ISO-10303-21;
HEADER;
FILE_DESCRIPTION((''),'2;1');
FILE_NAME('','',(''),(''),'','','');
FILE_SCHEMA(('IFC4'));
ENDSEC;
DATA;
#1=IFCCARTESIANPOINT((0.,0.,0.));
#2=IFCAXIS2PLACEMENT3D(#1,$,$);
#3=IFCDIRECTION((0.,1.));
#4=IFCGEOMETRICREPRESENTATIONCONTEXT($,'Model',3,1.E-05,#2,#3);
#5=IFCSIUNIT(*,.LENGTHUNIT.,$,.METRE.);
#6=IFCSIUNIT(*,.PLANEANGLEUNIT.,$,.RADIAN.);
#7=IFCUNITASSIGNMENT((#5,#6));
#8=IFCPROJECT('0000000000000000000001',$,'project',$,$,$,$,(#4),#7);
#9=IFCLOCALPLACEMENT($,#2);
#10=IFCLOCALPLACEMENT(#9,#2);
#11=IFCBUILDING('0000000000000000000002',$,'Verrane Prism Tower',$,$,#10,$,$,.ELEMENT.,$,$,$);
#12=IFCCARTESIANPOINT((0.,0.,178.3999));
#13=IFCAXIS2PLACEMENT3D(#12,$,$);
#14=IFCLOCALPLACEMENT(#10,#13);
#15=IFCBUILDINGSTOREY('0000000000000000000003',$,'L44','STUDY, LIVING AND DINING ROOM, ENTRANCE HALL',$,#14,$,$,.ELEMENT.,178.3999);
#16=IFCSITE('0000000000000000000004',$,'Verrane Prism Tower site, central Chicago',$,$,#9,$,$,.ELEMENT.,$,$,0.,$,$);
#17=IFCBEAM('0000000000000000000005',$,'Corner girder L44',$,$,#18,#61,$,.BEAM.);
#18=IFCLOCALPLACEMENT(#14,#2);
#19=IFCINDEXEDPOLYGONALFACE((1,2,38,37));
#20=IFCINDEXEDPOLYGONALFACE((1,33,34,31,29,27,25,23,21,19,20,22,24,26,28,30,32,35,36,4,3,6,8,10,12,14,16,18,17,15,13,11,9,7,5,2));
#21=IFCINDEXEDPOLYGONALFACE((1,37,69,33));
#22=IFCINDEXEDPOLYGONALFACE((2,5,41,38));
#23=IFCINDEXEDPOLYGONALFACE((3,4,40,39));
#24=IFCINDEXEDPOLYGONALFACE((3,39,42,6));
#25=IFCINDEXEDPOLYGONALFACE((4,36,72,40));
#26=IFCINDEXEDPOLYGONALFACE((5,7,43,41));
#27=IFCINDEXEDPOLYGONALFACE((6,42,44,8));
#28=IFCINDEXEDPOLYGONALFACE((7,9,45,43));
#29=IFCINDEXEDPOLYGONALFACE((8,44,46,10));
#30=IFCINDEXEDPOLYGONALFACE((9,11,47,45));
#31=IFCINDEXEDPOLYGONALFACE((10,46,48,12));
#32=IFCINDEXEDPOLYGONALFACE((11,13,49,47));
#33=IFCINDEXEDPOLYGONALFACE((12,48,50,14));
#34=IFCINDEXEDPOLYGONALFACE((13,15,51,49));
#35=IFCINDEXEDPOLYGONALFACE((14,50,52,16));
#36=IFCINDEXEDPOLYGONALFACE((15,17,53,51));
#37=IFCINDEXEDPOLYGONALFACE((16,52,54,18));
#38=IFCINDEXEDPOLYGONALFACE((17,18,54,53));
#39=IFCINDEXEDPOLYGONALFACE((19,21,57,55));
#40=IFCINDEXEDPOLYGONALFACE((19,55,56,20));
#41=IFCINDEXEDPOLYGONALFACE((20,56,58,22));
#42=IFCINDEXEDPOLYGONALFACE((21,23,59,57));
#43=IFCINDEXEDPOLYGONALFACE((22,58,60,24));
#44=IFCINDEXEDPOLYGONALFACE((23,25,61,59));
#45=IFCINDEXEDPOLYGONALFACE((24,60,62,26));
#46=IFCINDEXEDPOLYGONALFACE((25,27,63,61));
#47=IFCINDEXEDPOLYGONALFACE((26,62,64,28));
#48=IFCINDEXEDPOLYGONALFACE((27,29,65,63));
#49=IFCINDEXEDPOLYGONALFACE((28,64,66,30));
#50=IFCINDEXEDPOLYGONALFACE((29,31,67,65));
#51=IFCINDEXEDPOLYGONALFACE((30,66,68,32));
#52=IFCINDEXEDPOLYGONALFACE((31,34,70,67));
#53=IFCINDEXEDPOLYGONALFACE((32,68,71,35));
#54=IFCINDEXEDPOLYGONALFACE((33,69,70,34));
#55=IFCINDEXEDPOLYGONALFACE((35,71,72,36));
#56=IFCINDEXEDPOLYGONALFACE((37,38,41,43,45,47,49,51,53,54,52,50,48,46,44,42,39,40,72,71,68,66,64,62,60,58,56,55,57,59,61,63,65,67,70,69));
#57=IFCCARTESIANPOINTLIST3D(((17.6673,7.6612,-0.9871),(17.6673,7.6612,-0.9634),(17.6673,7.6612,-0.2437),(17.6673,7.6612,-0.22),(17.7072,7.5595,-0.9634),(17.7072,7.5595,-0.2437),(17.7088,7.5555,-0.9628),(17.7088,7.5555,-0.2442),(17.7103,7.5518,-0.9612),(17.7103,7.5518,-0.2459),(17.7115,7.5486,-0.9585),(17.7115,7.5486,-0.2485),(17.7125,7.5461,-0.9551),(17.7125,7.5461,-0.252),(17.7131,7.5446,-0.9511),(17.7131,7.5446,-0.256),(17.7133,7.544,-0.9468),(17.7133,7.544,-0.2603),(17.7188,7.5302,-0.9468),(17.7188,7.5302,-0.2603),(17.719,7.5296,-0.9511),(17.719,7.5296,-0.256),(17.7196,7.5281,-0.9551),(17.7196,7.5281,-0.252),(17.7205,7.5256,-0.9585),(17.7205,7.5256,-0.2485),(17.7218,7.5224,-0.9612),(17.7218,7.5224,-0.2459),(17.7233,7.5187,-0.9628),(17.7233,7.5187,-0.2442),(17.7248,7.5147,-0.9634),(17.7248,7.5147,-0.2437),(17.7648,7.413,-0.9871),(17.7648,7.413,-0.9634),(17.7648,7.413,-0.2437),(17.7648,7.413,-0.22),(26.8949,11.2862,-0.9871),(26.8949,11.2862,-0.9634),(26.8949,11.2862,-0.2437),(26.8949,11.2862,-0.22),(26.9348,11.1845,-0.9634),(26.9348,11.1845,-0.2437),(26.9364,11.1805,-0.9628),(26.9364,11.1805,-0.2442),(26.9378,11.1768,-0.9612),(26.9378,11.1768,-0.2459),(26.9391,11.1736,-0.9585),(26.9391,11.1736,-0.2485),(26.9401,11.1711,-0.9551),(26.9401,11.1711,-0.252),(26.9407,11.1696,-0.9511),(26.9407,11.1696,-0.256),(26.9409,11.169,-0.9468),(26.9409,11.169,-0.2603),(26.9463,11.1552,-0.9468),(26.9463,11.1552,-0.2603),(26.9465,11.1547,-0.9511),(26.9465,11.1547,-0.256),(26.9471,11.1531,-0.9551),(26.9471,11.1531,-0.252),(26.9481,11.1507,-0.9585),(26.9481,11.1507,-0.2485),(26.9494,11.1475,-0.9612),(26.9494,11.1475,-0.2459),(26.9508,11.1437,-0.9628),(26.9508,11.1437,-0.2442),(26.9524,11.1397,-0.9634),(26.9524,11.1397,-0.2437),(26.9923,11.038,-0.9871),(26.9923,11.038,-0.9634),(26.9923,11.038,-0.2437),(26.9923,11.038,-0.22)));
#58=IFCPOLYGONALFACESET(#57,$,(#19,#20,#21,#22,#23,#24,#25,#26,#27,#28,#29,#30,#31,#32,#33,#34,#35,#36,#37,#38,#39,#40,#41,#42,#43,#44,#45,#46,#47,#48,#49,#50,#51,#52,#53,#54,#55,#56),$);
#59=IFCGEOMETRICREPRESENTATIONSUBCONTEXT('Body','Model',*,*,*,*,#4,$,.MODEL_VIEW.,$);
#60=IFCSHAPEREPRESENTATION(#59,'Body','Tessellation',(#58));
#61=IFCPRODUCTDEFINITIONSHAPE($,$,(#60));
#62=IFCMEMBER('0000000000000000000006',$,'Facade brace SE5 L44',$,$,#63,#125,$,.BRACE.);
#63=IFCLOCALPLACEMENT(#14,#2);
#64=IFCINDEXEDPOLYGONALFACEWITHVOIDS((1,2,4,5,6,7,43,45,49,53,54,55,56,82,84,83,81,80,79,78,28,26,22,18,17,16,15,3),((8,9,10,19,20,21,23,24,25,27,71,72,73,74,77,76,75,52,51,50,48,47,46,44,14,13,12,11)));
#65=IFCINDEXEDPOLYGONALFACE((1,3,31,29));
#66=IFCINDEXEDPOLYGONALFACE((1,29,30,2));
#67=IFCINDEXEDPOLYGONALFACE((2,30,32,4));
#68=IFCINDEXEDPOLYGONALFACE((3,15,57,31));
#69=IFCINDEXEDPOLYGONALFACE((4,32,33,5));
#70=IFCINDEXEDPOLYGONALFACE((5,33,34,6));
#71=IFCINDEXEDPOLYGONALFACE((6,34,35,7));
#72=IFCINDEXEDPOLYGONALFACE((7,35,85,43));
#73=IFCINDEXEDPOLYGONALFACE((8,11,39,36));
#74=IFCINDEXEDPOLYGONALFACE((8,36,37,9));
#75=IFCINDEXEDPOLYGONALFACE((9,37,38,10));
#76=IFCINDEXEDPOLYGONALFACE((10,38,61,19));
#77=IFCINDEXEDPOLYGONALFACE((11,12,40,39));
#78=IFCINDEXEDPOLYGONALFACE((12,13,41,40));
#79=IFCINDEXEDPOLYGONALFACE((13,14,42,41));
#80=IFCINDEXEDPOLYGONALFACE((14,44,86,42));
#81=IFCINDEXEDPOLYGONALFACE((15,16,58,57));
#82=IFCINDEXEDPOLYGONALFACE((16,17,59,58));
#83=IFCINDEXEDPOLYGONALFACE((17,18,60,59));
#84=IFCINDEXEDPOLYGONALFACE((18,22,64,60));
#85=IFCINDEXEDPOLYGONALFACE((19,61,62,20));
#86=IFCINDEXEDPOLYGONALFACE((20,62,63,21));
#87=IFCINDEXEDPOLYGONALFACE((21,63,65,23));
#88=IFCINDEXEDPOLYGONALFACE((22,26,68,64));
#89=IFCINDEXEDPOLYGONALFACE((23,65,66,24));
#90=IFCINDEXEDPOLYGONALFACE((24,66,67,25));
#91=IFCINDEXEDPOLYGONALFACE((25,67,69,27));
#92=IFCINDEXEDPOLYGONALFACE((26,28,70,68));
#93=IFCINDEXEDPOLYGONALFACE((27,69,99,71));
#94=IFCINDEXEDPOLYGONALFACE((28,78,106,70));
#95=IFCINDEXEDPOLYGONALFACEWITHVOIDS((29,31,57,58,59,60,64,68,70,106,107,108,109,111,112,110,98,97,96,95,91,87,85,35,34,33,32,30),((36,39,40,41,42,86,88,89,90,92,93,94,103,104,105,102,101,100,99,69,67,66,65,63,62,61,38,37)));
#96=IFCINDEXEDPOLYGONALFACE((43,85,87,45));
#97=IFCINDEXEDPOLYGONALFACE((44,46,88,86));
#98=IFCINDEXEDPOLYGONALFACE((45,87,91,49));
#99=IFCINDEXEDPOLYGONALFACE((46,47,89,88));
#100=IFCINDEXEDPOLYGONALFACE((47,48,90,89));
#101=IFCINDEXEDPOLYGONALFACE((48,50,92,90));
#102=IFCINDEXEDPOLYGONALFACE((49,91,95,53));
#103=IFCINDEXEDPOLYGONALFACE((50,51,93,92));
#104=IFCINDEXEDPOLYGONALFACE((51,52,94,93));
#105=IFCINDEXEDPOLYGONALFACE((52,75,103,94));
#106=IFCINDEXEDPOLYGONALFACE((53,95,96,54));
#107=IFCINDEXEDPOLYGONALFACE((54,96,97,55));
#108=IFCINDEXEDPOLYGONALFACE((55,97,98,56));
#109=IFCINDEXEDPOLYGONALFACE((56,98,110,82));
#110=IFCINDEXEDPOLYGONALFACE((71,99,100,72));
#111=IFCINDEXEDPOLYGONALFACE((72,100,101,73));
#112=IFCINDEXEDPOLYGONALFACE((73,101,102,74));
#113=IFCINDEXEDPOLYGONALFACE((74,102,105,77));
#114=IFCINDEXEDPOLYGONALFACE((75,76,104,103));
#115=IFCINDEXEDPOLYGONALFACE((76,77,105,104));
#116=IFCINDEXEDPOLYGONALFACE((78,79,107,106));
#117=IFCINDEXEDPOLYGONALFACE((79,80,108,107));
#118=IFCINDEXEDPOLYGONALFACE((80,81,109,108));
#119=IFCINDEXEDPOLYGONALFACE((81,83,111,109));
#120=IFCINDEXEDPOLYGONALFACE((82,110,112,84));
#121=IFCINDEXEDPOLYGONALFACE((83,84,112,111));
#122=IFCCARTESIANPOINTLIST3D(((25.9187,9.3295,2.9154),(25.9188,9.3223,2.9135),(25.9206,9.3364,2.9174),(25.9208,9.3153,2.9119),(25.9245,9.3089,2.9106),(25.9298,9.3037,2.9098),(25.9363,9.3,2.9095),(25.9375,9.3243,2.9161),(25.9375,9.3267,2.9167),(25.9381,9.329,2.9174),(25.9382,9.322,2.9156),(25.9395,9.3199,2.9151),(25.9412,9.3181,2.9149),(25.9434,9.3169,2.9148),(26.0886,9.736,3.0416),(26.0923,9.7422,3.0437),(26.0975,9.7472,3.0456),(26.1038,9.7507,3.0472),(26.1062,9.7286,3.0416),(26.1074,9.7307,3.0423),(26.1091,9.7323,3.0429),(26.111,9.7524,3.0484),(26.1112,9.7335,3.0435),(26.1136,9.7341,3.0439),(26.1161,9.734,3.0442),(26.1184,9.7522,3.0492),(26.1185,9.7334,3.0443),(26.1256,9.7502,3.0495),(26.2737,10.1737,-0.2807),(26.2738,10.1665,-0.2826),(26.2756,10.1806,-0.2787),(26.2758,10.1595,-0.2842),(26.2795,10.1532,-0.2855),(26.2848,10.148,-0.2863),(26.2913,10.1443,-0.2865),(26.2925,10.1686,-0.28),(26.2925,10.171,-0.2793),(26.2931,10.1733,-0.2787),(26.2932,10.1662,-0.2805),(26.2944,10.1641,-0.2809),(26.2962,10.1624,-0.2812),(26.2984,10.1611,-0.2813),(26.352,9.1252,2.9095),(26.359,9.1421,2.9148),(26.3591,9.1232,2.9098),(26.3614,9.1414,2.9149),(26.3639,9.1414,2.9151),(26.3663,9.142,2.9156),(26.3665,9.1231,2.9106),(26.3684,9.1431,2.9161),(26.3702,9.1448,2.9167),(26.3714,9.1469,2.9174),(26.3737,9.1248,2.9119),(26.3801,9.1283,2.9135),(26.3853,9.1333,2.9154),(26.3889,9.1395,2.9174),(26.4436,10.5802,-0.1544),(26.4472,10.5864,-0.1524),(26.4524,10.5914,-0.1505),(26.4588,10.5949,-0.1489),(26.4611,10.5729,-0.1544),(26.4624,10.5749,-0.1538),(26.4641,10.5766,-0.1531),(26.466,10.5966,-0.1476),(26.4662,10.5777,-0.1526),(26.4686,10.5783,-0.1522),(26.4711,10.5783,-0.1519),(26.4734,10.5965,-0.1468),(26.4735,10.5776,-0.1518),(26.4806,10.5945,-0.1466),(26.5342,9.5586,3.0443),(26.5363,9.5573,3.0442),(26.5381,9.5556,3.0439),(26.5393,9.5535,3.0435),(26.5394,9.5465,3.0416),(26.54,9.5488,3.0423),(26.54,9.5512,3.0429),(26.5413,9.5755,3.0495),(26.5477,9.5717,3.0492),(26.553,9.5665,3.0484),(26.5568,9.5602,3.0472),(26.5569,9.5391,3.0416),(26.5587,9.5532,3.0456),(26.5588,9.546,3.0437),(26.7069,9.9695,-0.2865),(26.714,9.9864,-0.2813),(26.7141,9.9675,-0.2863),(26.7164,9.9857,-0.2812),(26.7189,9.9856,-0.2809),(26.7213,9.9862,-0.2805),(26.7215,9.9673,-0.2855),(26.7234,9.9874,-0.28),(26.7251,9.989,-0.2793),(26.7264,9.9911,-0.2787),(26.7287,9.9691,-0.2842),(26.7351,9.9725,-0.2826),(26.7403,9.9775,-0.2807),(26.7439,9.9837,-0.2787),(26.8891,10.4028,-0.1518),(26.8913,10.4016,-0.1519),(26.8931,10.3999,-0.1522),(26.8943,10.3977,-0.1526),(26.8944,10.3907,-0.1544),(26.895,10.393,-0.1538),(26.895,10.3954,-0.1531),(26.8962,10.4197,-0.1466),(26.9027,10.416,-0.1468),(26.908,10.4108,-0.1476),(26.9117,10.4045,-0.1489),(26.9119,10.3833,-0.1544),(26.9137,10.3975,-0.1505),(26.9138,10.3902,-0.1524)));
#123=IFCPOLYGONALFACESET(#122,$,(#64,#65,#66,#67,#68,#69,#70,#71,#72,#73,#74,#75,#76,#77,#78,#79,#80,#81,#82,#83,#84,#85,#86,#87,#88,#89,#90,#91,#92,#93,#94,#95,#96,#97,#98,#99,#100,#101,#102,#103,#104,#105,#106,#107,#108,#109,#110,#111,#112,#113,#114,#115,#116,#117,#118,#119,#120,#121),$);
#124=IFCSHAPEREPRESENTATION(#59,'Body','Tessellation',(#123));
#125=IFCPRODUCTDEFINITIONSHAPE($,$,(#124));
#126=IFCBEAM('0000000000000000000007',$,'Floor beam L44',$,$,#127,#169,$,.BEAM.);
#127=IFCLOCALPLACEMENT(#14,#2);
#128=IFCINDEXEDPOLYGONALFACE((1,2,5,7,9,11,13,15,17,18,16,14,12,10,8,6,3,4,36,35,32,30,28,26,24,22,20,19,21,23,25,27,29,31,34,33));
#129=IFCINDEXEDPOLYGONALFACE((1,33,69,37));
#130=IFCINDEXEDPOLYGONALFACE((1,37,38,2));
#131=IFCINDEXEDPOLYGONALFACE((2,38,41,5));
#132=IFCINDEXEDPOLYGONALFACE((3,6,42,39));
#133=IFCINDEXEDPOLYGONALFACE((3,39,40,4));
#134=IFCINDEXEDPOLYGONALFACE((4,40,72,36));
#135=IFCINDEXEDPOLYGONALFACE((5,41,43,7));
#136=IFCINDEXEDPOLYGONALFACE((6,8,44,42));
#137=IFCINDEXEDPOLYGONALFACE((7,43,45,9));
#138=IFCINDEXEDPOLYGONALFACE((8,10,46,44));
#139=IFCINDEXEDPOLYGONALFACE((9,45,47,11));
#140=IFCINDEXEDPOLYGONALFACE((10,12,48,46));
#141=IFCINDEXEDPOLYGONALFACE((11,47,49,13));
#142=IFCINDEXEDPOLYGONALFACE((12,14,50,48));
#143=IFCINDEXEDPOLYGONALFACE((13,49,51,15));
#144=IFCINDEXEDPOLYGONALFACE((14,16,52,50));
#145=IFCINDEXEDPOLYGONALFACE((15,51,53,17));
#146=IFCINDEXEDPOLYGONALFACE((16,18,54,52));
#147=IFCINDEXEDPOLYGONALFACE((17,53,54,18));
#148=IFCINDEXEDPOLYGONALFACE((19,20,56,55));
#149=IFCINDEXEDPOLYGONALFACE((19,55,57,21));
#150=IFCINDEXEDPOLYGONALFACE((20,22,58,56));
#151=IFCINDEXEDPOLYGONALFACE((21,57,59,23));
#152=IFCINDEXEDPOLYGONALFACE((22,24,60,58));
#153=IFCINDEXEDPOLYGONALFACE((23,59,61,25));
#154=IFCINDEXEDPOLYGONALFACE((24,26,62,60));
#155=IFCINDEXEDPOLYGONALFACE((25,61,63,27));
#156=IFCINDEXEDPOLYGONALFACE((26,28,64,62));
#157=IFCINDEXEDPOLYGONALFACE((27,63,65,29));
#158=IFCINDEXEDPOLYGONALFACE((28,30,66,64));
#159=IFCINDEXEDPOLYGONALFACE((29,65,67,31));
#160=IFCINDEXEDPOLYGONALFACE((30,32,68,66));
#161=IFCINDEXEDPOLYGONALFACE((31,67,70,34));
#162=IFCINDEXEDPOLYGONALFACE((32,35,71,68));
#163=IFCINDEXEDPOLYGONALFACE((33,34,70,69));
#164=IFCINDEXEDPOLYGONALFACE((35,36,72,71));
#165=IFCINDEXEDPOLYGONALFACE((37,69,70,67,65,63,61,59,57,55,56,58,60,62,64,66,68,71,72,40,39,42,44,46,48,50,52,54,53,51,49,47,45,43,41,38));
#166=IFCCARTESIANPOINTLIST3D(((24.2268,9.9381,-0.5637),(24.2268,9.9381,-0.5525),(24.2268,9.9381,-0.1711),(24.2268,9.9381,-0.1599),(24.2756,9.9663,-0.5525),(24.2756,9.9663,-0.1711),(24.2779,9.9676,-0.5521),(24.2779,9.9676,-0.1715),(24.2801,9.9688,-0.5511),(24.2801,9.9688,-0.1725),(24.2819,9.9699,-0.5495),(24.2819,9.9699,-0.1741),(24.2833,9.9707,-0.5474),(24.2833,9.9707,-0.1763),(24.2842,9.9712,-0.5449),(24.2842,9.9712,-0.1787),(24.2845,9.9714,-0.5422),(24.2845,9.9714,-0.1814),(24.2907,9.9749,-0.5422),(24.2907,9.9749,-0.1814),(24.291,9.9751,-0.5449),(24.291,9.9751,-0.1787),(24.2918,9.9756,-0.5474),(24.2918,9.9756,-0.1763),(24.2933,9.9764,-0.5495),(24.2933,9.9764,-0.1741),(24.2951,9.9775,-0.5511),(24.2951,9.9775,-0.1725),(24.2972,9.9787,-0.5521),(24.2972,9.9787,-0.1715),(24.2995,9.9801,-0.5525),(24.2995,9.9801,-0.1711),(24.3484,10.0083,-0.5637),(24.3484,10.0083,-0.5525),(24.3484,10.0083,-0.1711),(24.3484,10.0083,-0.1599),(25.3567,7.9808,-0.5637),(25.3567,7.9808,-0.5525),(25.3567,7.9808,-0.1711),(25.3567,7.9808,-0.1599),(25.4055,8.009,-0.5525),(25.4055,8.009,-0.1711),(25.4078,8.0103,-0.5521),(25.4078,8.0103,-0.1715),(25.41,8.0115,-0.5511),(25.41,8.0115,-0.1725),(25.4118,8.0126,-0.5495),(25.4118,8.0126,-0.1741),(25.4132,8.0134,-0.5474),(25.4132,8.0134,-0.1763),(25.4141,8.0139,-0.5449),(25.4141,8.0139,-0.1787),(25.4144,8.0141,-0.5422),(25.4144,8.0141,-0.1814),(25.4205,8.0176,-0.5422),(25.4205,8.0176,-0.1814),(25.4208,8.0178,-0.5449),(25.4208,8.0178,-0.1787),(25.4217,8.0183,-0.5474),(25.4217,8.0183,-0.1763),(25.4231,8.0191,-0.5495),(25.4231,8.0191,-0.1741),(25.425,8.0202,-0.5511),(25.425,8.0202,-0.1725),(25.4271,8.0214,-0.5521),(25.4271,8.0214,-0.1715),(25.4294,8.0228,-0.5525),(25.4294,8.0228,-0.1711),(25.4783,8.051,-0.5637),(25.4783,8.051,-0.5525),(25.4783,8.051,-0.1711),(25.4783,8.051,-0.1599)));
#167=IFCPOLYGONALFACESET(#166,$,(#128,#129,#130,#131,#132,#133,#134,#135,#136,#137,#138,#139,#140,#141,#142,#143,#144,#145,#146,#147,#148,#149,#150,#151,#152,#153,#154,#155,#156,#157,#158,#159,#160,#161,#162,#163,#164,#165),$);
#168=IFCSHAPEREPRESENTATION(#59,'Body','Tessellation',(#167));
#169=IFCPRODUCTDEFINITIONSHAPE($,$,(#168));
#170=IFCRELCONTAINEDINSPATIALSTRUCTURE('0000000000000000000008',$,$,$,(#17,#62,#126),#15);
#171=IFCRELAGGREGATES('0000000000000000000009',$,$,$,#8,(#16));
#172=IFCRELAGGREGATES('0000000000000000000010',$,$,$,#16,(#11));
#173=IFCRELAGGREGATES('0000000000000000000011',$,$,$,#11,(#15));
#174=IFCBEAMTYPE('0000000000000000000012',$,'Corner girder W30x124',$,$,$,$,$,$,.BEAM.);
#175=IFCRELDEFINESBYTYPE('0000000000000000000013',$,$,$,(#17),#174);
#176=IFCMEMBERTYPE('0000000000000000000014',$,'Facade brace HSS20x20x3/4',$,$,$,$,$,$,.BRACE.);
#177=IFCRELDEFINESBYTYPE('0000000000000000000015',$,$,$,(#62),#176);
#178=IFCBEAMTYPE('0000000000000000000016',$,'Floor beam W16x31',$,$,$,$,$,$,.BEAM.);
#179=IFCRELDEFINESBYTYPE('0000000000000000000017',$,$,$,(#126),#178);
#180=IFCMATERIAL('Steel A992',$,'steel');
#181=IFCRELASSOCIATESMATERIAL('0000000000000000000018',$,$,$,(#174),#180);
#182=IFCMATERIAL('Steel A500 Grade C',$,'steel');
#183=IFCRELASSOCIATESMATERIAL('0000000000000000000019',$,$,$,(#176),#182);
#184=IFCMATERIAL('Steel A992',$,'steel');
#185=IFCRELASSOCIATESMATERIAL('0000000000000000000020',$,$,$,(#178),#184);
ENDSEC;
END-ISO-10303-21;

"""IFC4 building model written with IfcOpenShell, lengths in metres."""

from ifc_helpers import new_model, si_unit, direction, frame, origin, origin_2d, place, context, subcontext, project, spatial, hollow_rectangle, i_section, extrude, material, material_profile, profile_set, type_object, element, save


model = new_model("IFC4")

# Units and contexts
model_context = context("Model", 3, precision=1e-05, world=origin(), true_north=direction((0.0, 1.0)))
body_context = subcontext(model_context, "Body", "Model", "MODEL_VIEW")
ifc_project = project(units=[si_unit("LENGTHUNIT", "METRE"), si_unit("PLANEANGLEUNIT", "RADIAN")], contexts=[model_context])

# Site, building, storey
site_placement = place(None, origin())
site = spatial("IfcSite", under=ifc_project, at=site_placement, Name="Verrane Prism Tower site, central Chicago", CompositionType="ELEMENT", RefElevation=0.0)
building_placement = place(site_placement, origin())
building = spatial("IfcBuilding", under=site, at=building_placement, Name="Verrane Prism Tower", CompositionType="ELEMENT")
storey_placement = place(building_placement, frame((0.0, 0.0, 178.3999)))
storey = spatial("IfcBuildingStorey", under=building, at=storey_placement, Name="L44", Description="STUDY, LIVING AND DINING ROOM, ENTRANCE HALL", CompositionType="ELEMENT", Elevation=178.3999)

# Beam
ifc_material_1 = material(Name="Steel A992", Category="steel")
ifc_material_profile_1 = material_profile(ifc_material_1, i_section(OverallWidth=0.2666, OverallDepth=0.7671, WebThickness=0.0149, FlangeThickness=0.0237, FilletRadius=0.0166, at=origin_2d()), Name="W30x124")
ifc_profile_set_1 = profile_set([ifc_material_profile_1], Name="Steel A992")
beam_type_1 = type_object("IfcBeamType", Name="Corner girder W30x124", PredefinedType="BEAM", material=ifc_profile_set_1)
beam_1_placement = place(storey_placement, frame((26.9436, 11.1621, -0.6035), z_axis=(-0.930755, -0.365643, 0.0), x_axis=(0.365643, -0.930755, 0.0)))
element("IfcBeam", 1, at=beam_1_placement, inside=storey, type_object=beam_type_1, Name="Corner girder L44", PredefinedType="BEAM", context=body_context, shape_type="SweptSolid", body=[
    extrude(i_section(OverallWidth=0.2666, OverallDepth=0.7671, WebThickness=0.0149, FlangeThickness=0.0237, FilletRadius=0.0166, at=origin_2d()), origin(), (0.0, 0.0, 1.0), 9.9141),
])

# Member
ifc_material_2 = material(Name="Steel A500 Grade C", Category="steel")
ifc_material_profile_2 = material_profile(ifc_material_2, hollow_rectangle(XDim=0.5081, YDim=0.5081, WallThickness=0.019, InnerFilletRadius=0.0095, OuterFilletRadius=0.0286, at=origin_2d()), Name="HSS20x20x3/4")
ifc_profile_set_2 = profile_set([ifc_material_profile_2], Name="Steel A500 Grade C")
member_type_1 = type_object("IfcMemberType", Name="Facade brace HSS20x20x3/4", PredefinedType="BRACE", material=ifc_profile_set_2)
member_1_placement = place(storey_placement, frame((26.5938, 10.282, -0.2166), z_axis=(-0.106772, -0.253931, 0.961311), x_axis=(0.921826, -0.387604, 0.0)))
element("IfcMember", 2, at=member_1_placement, inside=storey, type_object=member_type_1, Name="Facade brace SE5 L44", PredefinedType="BRACE", context=body_context, shape_type="SweptSolid", body=[
    extrude(hollow_rectangle(XDim=0.5081, YDim=0.5081, WallThickness=0.019, InnerFilletRadius=0.0095, OuterFilletRadius=0.0286, at=origin_2d()), origin(), (0.0, 0.0, 1.0), 3.3247),
])

# Beam
ifc_material_3 = material(Name="Steel A992", Category="steel")
ifc_material_profile_3 = material_profile(ifc_material_3, i_section(OverallWidth=0.1404, OverallDepth=0.4038, WebThickness=0.0071, FlangeThickness=0.0112, FilletRadius=0.0103, at=origin_2d()), Name="W16x31")
ifc_profile_set_3 = profile_set([ifc_material_profile_3], Name="Steel A992")
beam_type_2 = type_object("IfcBeamType", Name="Floor beam W16x31", PredefinedType="BEAM", material=ifc_profile_set_3)
beam_2_placement = place(storey_placement, frame((25.4175, 8.0159, -0.3618), z_axis=(-0.49995, 0.866054, 0.0), x_axis=(-0.866054, -0.49995, 0.0)))
element("IfcBeam", 3, at=beam_2_placement, inside=storey, type_object=beam_type_2, Name="Floor beam L44", PredefinedType="BEAM", context=body_context, shape_type="SweptSolid", body=[
    extrude(i_section(OverallWidth=0.1404, OverallDepth=0.4038, WebThickness=0.0071, FlangeThickness=0.0112, FilletRadius=0.0103, at=origin_2d()), origin(), (0.0, 0.0, 1.0), 2.26),
])

save(model, "model.ifc")
